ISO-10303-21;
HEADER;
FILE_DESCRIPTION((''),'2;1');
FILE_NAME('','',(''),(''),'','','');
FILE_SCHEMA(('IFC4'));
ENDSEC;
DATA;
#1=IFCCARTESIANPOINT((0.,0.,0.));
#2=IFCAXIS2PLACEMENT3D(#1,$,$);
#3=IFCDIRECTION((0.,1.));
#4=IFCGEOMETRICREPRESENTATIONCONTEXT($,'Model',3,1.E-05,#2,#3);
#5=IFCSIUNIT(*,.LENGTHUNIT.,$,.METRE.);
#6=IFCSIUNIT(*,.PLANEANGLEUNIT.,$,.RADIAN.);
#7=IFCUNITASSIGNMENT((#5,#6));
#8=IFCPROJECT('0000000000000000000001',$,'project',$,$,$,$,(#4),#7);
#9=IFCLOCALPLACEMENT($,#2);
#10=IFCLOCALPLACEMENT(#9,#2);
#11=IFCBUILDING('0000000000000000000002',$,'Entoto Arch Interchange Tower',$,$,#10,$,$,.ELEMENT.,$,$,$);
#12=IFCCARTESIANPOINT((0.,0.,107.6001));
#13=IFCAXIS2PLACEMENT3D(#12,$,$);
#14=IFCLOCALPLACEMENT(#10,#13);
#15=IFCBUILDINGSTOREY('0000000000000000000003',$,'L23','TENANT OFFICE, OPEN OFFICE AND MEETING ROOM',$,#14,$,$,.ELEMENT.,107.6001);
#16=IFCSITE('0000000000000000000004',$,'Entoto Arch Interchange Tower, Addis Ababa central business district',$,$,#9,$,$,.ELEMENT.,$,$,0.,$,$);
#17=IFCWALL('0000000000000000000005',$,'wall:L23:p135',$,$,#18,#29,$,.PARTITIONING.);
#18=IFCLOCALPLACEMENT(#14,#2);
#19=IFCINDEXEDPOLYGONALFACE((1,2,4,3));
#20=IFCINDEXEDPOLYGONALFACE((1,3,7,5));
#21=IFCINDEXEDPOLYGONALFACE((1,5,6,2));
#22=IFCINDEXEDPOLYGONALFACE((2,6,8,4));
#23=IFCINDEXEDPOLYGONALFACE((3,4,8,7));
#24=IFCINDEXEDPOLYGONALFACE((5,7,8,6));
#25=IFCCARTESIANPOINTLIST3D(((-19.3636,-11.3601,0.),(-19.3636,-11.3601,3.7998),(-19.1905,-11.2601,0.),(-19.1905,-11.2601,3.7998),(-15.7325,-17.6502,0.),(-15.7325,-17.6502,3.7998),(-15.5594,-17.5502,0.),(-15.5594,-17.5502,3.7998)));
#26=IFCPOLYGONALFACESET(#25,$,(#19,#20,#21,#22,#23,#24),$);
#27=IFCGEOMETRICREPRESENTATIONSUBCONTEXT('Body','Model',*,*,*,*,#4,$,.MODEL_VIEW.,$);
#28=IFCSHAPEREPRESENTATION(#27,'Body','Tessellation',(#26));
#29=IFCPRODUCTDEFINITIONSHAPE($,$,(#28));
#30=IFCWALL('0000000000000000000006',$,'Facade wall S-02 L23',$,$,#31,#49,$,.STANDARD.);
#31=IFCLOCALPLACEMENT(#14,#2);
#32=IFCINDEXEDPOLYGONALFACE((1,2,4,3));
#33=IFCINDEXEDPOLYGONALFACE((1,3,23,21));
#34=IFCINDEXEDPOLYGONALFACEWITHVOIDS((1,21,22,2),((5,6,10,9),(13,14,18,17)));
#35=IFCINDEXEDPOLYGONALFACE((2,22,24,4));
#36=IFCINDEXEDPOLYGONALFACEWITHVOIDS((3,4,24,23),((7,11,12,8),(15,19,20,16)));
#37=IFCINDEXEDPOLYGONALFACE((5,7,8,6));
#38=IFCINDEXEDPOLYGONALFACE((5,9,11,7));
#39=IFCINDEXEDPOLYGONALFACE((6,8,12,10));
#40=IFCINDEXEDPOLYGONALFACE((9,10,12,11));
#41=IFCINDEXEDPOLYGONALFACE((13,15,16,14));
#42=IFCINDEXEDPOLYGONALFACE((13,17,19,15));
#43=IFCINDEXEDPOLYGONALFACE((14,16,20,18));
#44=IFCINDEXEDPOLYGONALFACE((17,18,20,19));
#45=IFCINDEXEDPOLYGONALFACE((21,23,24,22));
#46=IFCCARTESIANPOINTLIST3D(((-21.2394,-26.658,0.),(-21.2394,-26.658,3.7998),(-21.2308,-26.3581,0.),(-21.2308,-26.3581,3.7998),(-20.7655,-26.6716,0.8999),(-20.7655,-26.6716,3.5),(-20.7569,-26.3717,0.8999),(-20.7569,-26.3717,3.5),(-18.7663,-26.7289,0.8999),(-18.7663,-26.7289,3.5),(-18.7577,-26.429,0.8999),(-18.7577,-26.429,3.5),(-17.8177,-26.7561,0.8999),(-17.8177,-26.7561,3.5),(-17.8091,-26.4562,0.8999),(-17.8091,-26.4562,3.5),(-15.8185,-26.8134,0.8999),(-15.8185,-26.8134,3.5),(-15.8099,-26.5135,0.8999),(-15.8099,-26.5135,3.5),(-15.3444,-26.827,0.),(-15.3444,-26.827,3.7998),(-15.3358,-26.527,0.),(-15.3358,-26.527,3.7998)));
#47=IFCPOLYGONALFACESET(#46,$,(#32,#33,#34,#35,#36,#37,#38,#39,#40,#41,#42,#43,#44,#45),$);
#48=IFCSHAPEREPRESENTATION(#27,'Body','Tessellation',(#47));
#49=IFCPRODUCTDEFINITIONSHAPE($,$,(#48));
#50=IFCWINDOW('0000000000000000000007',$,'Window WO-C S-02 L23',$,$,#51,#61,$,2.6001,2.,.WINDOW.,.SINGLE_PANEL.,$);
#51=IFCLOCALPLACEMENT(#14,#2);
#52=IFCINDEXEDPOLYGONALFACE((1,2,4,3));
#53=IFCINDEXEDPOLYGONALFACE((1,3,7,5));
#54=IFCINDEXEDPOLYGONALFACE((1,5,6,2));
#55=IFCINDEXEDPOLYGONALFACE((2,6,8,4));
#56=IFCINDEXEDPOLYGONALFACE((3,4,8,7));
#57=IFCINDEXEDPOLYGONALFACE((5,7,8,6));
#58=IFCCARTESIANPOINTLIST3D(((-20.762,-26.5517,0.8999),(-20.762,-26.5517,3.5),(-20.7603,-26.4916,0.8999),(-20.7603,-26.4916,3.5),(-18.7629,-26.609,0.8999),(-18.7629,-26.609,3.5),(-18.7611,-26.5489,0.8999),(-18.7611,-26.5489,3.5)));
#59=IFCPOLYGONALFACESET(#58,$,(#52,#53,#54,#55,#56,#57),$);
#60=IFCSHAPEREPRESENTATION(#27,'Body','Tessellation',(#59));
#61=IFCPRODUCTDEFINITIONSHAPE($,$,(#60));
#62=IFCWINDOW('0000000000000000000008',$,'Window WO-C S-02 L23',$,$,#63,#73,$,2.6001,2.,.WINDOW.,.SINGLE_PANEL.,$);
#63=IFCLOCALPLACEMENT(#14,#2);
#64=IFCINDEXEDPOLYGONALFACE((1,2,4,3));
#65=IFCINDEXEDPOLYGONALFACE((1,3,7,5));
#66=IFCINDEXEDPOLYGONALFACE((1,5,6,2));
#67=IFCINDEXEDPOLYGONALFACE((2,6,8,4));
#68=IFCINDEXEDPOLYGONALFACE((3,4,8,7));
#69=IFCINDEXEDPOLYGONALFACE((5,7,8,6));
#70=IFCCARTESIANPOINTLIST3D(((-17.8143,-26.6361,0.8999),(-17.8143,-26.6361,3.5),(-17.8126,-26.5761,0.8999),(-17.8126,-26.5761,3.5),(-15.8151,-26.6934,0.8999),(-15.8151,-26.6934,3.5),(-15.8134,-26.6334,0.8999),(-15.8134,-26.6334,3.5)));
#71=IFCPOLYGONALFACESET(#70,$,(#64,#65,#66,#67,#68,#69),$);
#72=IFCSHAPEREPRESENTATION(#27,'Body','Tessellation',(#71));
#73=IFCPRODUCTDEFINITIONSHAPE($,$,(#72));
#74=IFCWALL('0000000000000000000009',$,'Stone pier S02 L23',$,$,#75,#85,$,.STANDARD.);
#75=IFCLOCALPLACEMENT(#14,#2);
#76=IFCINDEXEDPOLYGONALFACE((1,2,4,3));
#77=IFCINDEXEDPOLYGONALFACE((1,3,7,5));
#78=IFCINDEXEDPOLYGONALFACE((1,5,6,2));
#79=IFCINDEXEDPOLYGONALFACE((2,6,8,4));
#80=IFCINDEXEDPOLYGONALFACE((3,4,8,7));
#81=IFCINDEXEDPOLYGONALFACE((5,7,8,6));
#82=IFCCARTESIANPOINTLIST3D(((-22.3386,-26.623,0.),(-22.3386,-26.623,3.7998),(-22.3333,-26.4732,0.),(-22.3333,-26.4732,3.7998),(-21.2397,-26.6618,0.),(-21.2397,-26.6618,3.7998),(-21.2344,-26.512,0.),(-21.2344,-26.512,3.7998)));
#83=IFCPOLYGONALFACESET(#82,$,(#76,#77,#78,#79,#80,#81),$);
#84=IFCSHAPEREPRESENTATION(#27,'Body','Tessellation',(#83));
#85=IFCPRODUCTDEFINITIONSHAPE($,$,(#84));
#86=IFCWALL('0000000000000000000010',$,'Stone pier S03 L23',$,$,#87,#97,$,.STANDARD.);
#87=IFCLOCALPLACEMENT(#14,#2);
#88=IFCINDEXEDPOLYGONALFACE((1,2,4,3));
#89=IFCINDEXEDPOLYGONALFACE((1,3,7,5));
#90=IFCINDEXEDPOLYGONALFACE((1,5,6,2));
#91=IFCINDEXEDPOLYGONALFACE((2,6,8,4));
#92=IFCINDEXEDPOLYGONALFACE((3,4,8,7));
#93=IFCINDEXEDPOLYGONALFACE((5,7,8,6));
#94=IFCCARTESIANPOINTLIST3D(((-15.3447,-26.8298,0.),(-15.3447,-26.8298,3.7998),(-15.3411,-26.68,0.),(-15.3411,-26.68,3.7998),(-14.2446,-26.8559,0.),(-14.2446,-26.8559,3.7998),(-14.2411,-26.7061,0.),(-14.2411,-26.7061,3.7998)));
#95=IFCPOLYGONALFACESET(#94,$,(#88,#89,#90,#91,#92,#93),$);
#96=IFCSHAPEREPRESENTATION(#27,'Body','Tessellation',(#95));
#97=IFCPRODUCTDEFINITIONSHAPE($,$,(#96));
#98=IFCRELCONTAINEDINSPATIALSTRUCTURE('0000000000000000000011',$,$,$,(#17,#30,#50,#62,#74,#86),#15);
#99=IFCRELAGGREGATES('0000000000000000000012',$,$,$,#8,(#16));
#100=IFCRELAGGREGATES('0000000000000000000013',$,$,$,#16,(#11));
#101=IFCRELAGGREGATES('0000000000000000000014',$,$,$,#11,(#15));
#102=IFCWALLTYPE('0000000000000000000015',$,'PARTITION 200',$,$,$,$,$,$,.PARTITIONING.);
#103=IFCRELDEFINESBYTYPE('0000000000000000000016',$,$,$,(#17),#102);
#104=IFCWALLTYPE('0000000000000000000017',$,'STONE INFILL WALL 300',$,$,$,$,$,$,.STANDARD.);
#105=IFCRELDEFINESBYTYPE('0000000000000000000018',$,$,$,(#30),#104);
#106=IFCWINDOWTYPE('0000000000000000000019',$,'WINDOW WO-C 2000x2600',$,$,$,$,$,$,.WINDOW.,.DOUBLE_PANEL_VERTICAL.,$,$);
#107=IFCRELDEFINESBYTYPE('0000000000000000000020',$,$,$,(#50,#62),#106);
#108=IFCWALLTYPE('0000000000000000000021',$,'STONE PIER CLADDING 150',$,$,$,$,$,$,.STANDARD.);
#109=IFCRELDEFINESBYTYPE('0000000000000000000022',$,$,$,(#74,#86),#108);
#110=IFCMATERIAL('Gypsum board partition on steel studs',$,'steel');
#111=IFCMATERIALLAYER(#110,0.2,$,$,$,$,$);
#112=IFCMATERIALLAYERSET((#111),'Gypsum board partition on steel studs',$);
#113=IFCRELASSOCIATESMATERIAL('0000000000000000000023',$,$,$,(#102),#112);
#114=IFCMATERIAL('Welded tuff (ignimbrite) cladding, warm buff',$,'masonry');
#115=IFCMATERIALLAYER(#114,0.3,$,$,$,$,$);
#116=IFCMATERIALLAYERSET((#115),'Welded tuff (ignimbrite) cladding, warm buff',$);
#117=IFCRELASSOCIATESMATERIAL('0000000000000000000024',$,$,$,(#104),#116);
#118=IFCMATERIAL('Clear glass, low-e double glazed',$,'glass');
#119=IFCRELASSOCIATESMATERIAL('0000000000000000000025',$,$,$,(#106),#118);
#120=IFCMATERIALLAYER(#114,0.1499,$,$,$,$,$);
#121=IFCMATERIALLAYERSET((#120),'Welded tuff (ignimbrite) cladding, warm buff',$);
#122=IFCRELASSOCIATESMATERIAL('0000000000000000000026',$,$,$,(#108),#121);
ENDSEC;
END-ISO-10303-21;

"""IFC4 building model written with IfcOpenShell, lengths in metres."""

from ifc_helpers import new_model, si_unit, direction, frame, frame_2d, origin, place, context, subcontext, project, spatial, rectangle, extrude, material, layer, layer_set, type_object, element, fill, save


model = new_model("IFC4")

# Units and contexts
model_context = context("Model", 3, precision=1e-05, world=origin(), true_north=direction((0.0, 1.0)))
body_context = subcontext(model_context, "Body", "Model", "MODEL_VIEW")
ifc_project = project(units=[si_unit("LENGTHUNIT", "METRE"), si_unit("PLANEANGLEUNIT", "RADIAN")], contexts=[model_context])

# Site, building, storey
site_placement = place(None, origin())
site = spatial("IfcSite", under=ifc_project, at=site_placement, Name="Entoto Arch Interchange Tower, Addis Ababa central business district", CompositionType="ELEMENT", RefElevation=0.0)
building_placement = place(site_placement, origin())
building = spatial("IfcBuilding", under=site, at=building_placement, Name="Entoto Arch Interchange Tower", CompositionType="ELEMENT")
storey_placement = place(building_placement, frame((0.0, 0.0, 107.6001)))
storey = spatial("IfcBuildingStorey", under=building, at=storey_placement, Name="L23", Description="TENANT OFFICE, OPEN OFFICE AND MEETING ROOM", CompositionType="ELEMENT", Elevation=107.6001)

# Shared definitions
ifc_material_1 = material(Name="Gypsum board partition on steel studs", Category="steel")
ifc_layer_1 = layer(ifc_material_1, 0.2)
ifc_layer_set_1 = layer_set([ifc_layer_1], Name="Gypsum board partition on steel studs")
wall_type_1 = type_object("IfcWallType", Name="PARTITION 200", PredefinedType="PARTITIONING", material=ifc_layer_set_1)

# Wall
wall_1_placement = place(storey_placement, frame((-15.646, -17.6001, 0.0), z_axis=(0.0, 0.0, 1.0), x_axis=(-0.499953, 0.866052, 0.0)))
element("IfcWall", 1, at=wall_1_placement, inside=storey, type_object=wall_type_1, Name="wall:L23:p135", PredefinedType="PARTITIONING", context=body_context, shape_type="SweptSolid", body=[
    extrude(rectangle(XDim=7.2629, YDim=0.2, at=frame_2d((3.6313, 0.0))), origin(), (0.0, 0.0, 1.0), 3.7998),
])

# Wall, openings, windows
ifc_material_2 = material(Name="Welded tuff (ignimbrite) cladding, warm buff", Category="masonry")
ifc_layer_2 = layer(ifc_material_2, 0.3)
ifc_layer_set_2 = layer_set([ifc_layer_2], Name="Welded tuff (ignimbrite) cladding, warm buff")
wall_type_2 = type_object("IfcWallType", Name="STONE INFILL WALL 300", PredefinedType="STANDARD", material=ifc_layer_set_2)
wall_2_placement = place(storey_placement, frame((-21.2351, -26.5081, 0.0), z_axis=(0.0, 0.0, 1.0), x_axis=(0.99959, -0.028647, 0.0)))
wall_2 = element("IfcWall", 2, at=wall_2_placement, inside=storey, type_object=wall_type_2, Name="Facade wall S-02 L23", PredefinedType="STANDARD", context=body_context, shape_type="SweptSolid", body=[
    extrude(rectangle(XDim=5.8975, YDim=0.3, at=frame_2d((2.9487, 0.0))), origin(), (0.0, 0.0, 1.0), 3.7998),
])
opening_1_placement = place(wall_2_placement, frame((0.4741, 0.0, 0.8999)))
opening_1 = element("IfcOpeningElement", 3, at=opening_1_placement, cuts=wall_2, PredefinedType="OPENING", context=body_context, shape_type="SweptSolid", body=[
    extrude(rectangle(XDim=2.0, YDim=2.6001, at=frame_2d((1.0, 1.3))), frame((0.0, 0.1602, 0.0), z_axis=(0.0, -1.0, 0.0), x_axis=(1.0, 0.0, 0.0)), (0.0, 0.0, 1.0), 0.3201),
])
opening_2_placement = place(wall_2_placement, frame((3.4231, 0.0, 0.8999)))
opening_2 = element("IfcOpeningElement", 4, at=opening_2_placement, cuts=wall_2, PredefinedType="OPENING", context=body_context, shape_type="SweptSolid", body=[
    extrude(rectangle(XDim=2.0, YDim=2.6001, at=frame_2d((1.0, 1.3))), frame((0.0, 0.1602, 0.0), z_axis=(0.0, -1.0, 0.0), x_axis=(1.0, 0.0, 0.0)), (0.0, 0.0, 1.0), 0.3201),
])
ifc_material_3 = material(Name="Clear glass, low-e double glazed", Category="glass")
window_type = type_object("IfcWindowType", Name="WINDOW WO-C 2000x2600", PartitioningType="DOUBLE_PANEL_VERTICAL", PredefinedType="WINDOW", material=ifc_material_3)
window_1_placement = place(opening_1_placement, origin())
window_1 = element("IfcWindow", 5, at=window_1_placement, inside=storey, type_object=window_type, Name="Window WO-C S-02 L23", OverallHeight=2.6001, OverallWidth=2.0, PartitioningType="SINGLE_PANEL", PredefinedType="WINDOW", context=body_context, shape_type="SweptSolid", body=[
    extrude(rectangle(XDim=2.0, YDim=2.6001, at=frame_2d((1.0, 1.3))), frame((0.0, 0.03, 0.0), z_axis=(0.0, -1.0, 0.0), x_axis=(1.0, 0.0, 0.0)), (0.0, 0.0, 1.0), 0.0601),
])
fill(opening_1, window_1)
window_2_placement = place(opening_2_placement, origin())
window_2 = element("IfcWindow", 6, at=window_2_placement, inside=storey, type_object=window_type, Name="Window WO-C S-02 L23", OverallHeight=2.6001, OverallWidth=2.0, PartitioningType="SINGLE_PANEL", PredefinedType="WINDOW", context=body_context, shape_type="SweptSolid", body=[
    extrude(rectangle(XDim=2.0, YDim=2.6001, at=frame_2d((1.0, 1.3))), frame((0.0, 0.03, 0.0), z_axis=(0.0, -1.0, 0.0), x_axis=(1.0, 0.0, 0.0)), (0.0, 0.0, 1.0), 0.0601),
])
fill(opening_2, window_2)

# Walls
ifc_layer_3 = layer(ifc_material_2, 0.1499)
ifc_layer_set_3 = layer_set([ifc_layer_3], Name="Welded tuff (ignimbrite) cladding, warm buff")
wall_type_3 = type_object("IfcWallType", Name="STONE PIER CLADDING 150", PredefinedType="STANDARD", material=ifc_layer_set_3)
wall_3_placement = place(storey_placement, frame((-22.3359, -26.5481, 0.0), z_axis=(0.0, 0.0, 1.0), x_axis=(0.999377, -0.035303, 0.0)))
element("IfcWall", 7, at=wall_3_placement, inside=storey, type_object=wall_type_3, Name="Stone pier S02 L23", PredefinedType="STANDARD", context=body_context, shape_type="SweptSolid", body=[
    extrude(rectangle(XDim=1.0996, YDim=0.1499, at=frame_2d((0.5498, 0.0))), origin(), (0.0, 0.0, 1.0), 3.7998),
])
wall_4_placement = place(storey_placement, frame((-15.343, -26.7549, 0.0), z_axis=(0.0, 0.0, 1.0), x_axis=(0.999718, -0.023739, 0.0)))
element("IfcWall", 8, at=wall_4_placement, inside=storey, type_object=wall_type_3, Name="Stone pier S03 L23", PredefinedType="STANDARD", context=body_context, shape_type="SweptSolid", body=[
    extrude(rectangle(XDim=1.1003, YDim=0.1499, at=frame_2d((0.5503, 0.0))), origin(), (0.0, 0.0, 1.0), 3.7998),
])

save(model, "model.ifc")
